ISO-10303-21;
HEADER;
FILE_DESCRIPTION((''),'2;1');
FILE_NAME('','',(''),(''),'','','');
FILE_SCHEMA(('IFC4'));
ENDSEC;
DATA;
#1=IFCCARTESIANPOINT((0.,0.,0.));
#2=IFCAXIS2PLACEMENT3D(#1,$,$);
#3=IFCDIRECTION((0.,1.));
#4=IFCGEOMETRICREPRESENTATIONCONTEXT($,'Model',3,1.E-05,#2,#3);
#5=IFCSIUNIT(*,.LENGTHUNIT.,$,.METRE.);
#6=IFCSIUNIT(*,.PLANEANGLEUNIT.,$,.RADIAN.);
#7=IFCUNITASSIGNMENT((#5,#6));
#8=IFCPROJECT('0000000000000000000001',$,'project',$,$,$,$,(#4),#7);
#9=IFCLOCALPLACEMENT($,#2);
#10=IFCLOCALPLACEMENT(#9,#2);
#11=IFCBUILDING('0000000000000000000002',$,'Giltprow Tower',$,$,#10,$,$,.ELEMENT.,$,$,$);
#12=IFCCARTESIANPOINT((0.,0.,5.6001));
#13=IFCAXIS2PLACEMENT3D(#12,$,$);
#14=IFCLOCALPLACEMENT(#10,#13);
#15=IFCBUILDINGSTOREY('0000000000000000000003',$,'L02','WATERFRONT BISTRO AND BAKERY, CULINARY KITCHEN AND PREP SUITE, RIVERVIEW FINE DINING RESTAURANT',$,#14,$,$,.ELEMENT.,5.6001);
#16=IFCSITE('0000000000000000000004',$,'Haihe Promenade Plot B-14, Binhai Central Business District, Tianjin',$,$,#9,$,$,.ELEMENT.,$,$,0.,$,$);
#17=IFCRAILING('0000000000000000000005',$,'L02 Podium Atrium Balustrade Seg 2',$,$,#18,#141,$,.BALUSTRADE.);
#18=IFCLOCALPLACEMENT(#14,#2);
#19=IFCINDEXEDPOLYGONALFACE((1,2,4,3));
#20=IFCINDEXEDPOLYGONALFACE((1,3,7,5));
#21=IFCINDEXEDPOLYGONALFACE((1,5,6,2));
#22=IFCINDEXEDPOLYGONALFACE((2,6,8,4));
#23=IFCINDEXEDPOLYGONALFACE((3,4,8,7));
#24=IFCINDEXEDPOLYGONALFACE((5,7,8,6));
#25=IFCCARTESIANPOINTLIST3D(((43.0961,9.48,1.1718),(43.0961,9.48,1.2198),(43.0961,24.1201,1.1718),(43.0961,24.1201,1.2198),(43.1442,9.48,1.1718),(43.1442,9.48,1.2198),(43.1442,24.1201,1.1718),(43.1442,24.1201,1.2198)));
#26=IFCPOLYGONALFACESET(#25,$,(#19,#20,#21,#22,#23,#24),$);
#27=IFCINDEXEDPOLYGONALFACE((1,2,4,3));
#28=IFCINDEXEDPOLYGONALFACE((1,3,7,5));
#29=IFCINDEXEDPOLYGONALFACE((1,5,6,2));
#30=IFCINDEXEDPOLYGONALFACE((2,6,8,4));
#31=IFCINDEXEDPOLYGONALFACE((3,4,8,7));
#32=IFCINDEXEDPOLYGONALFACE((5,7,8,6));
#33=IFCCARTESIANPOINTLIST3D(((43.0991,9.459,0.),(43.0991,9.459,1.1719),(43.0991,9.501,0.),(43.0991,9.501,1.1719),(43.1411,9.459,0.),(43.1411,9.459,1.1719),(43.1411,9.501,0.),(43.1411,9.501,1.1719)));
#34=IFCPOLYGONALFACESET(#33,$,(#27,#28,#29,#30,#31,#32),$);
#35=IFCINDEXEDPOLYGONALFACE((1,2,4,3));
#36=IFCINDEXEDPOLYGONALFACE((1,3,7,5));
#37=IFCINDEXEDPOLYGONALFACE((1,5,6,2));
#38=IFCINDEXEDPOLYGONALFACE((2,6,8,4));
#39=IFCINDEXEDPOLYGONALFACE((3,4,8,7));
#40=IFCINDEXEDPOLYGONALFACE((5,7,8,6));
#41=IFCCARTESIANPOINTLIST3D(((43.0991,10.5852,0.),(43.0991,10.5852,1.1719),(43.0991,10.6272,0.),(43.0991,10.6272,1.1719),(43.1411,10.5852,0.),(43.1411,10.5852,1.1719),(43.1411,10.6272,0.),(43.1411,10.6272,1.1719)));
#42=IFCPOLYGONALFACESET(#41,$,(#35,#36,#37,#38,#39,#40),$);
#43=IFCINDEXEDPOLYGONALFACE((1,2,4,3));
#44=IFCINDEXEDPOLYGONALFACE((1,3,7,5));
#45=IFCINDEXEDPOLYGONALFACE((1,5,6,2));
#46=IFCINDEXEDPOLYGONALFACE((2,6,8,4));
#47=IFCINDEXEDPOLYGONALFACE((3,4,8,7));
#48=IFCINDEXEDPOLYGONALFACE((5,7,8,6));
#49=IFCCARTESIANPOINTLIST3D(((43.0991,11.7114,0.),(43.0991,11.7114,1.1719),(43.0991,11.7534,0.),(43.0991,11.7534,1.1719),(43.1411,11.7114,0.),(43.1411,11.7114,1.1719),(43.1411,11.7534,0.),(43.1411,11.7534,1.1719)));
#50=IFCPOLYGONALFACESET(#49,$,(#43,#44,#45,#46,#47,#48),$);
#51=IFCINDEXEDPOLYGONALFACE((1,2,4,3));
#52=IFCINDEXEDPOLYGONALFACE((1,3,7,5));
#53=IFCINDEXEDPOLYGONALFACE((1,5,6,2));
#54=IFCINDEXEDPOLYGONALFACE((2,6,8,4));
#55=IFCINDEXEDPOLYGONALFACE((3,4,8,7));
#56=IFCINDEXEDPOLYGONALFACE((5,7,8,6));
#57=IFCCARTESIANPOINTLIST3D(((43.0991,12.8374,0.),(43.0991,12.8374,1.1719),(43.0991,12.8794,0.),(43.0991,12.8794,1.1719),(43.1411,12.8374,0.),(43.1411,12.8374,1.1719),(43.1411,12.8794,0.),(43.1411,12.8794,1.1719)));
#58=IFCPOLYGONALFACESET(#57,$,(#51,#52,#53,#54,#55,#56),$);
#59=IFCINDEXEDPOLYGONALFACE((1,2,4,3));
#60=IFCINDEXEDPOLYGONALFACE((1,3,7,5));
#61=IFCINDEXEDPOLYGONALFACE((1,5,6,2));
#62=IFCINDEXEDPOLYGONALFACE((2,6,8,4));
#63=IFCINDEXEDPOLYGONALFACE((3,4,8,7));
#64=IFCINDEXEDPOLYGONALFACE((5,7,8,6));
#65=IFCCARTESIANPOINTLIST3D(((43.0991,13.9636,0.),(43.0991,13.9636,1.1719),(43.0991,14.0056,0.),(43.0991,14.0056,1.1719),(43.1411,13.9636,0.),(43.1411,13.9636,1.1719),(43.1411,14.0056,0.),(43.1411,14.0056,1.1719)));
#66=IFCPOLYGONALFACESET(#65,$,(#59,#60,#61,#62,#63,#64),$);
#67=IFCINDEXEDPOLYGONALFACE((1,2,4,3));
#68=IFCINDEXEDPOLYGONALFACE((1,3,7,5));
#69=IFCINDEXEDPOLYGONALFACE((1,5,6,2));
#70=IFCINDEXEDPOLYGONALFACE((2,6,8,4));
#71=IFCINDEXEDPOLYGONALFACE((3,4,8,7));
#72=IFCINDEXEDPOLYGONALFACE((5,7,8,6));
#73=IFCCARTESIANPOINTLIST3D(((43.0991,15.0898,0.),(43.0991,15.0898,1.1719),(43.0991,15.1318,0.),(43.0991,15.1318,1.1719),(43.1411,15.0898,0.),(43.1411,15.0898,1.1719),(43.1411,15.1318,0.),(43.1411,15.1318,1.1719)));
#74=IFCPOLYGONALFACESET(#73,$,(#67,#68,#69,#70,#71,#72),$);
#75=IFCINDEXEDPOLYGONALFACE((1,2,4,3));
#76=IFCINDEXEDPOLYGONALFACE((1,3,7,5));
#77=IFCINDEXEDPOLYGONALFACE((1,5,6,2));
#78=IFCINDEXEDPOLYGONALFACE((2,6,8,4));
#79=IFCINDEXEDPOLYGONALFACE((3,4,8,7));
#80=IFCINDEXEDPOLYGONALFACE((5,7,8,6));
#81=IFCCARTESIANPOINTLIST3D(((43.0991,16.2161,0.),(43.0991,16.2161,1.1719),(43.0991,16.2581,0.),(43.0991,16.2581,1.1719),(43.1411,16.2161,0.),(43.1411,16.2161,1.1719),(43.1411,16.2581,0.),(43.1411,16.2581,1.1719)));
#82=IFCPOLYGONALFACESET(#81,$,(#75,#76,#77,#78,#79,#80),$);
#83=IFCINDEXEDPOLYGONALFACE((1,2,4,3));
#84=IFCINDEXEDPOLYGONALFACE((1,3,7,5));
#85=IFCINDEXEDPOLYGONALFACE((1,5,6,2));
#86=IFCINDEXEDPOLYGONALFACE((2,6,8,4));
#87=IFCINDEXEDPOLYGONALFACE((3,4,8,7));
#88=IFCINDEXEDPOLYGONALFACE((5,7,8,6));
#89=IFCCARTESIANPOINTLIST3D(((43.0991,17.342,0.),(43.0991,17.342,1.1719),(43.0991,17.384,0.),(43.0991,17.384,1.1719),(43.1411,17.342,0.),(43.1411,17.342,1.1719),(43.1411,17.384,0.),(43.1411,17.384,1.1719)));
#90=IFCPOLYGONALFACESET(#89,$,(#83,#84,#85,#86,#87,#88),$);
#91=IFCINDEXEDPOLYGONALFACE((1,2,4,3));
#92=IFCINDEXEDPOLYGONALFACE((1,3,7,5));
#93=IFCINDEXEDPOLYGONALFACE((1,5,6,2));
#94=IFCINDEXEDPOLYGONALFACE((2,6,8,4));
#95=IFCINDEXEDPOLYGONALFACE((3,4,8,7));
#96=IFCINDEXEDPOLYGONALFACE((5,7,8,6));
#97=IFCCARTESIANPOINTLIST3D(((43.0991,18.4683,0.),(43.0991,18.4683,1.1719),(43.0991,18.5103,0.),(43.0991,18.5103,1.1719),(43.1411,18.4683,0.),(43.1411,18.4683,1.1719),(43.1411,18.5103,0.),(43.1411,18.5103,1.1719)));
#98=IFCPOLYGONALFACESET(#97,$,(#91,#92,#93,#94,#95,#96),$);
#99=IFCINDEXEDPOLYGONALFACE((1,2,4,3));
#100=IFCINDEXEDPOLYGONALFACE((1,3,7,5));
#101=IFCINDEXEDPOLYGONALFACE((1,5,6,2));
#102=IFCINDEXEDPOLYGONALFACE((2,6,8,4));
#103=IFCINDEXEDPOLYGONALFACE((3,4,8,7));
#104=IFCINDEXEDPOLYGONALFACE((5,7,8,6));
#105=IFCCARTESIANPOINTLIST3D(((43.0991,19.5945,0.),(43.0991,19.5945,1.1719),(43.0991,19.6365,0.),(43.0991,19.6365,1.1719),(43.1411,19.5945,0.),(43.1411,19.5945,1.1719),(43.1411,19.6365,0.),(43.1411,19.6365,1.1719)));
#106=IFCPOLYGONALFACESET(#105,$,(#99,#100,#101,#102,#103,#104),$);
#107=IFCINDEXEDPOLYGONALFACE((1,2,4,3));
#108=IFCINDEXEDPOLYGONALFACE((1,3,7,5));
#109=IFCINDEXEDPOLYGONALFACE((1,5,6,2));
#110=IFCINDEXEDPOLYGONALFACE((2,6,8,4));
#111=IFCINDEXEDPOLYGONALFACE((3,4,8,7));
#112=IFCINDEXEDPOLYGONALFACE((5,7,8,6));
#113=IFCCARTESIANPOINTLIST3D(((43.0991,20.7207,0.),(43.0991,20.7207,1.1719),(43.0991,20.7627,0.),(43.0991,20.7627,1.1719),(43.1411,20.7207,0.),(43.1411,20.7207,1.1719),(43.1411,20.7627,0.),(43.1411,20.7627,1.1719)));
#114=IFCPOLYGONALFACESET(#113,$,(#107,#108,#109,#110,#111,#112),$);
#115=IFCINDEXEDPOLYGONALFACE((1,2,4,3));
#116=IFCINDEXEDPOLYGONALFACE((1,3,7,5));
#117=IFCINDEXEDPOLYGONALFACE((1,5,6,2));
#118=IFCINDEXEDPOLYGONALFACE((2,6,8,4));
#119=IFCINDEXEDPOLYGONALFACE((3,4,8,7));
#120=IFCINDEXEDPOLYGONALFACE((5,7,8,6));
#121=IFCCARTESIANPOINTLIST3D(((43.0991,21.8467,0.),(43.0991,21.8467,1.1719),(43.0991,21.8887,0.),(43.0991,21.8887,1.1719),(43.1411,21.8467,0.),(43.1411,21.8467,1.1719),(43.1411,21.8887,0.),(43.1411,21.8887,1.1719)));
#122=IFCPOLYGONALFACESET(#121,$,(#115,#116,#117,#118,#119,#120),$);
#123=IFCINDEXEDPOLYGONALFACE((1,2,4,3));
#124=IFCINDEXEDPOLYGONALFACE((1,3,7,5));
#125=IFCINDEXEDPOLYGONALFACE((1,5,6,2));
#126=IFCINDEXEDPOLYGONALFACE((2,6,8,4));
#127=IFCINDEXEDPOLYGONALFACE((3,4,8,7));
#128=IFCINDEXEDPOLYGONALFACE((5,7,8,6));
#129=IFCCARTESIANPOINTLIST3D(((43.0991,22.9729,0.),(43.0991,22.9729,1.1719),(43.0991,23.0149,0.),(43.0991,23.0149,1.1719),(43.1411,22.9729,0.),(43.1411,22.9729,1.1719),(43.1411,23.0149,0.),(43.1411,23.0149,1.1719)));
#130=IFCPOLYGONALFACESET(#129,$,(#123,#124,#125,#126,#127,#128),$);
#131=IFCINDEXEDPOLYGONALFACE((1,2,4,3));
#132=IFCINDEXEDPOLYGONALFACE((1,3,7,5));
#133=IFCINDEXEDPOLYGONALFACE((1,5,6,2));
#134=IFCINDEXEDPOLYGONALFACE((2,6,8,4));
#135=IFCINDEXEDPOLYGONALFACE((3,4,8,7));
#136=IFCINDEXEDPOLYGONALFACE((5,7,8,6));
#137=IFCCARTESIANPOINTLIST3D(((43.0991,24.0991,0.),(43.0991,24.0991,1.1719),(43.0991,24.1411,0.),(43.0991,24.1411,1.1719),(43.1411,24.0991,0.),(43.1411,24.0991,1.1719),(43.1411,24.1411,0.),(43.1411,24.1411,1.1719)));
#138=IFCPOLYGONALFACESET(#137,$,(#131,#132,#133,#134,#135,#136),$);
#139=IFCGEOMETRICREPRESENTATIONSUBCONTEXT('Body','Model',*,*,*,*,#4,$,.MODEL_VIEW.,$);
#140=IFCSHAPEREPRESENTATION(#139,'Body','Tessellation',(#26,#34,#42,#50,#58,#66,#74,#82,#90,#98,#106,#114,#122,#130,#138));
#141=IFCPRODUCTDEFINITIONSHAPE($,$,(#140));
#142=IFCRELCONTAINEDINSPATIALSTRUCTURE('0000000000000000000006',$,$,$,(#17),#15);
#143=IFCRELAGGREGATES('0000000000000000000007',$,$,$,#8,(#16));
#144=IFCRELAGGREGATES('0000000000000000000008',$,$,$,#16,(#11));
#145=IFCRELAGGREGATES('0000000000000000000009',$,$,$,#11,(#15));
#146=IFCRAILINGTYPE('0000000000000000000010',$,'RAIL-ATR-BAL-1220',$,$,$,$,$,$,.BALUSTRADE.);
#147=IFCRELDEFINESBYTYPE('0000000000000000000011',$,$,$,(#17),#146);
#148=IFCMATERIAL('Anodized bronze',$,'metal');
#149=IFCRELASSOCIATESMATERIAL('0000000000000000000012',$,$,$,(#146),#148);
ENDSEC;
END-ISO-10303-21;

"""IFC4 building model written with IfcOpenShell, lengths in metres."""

from ifc_helpers import new_model, si_unit, direction, frame, origin, origin_2d, place, context, subcontext, project, spatial, rectangle, extrude, material, type_object, element, save


model = new_model("IFC4")

# Units and contexts
model_context = context("Model", 3, precision=1e-05, world=origin(), true_north=direction((0.0, 1.0)))
body_context = subcontext(model_context, "Body", "Model", "MODEL_VIEW")
ifc_project = project(units=[si_unit("LENGTHUNIT", "METRE"), si_unit("PLANEANGLEUNIT", "RADIAN")], contexts=[model_context])

# Site, building, storey
site_placement = place(None, origin())
site = spatial("IfcSite", under=ifc_project, at=site_placement, Name="Haihe Promenade Plot B-14, Binhai Central Business District, Tianjin", CompositionType="ELEMENT", RefElevation=0.0)
building_placement = place(site_placement, origin())
building = spatial("IfcBuilding", under=site, at=building_placement, Name="Giltprow Tower", CompositionType="ELEMENT")
storey_placement = place(building_placement, frame((0.0, 0.0, 5.6001)))
storey = spatial("IfcBuildingStorey", under=building, at=storey_placement, Name="L02", Description="WATERFRONT BISTRO AND BAKERY, CULINARY KITCHEN AND PREP SUITE, RIVERVIEW FINE DINING RESTAURANT", CompositionType="ELEMENT", Elevation=5.6001)

# Railing
ifc_material_1 = material(Name="Anodized bronze", Category="metal")
railing_type = type_object("IfcRailingType", Name="RAIL-ATR-BAL-1220", PredefinedType="BALUSTRADE", material=ifc_material_1)
railing_placement = place(storey_placement, frame((43.1201, 9.48, 0.0)))
element("IfcRailing", 1, at=railing_placement, inside=storey, type_object=railing_type, Name="L02 Podium Atrium Balustrade Seg 2", PredefinedType="BALUSTRADE", context=body_context, shape_type="SweptSolid", body=[
    extrude(rectangle(XDim=0.0481, YDim=0.0481, at=origin_2d()), frame((0.0, 0.0, 1.1958), z_axis=(0.0, 1.0, 0.0), x_axis=(-1.0, 0.0, 0.0)), (0.0, 0.0, 1.0), 14.6401),
    extrude(rectangle(XDim=0.042, YDim=0.042, at=origin_2d()), origin(), (0.0, 0.0, 1.0), 1.1719),
    extrude(rectangle(XDim=0.042, YDim=0.042, at=origin_2d()), frame((0.0, 1.1262, 0.0)), (0.0, 0.0, 1.0), 1.1719),
    extrude(rectangle(XDim=0.042, YDim=0.042, at=origin_2d()), frame((0.0, 2.2524, 0.0)), (0.0, 0.0, 1.0), 1.1719),
    extrude(rectangle(XDim=0.042, YDim=0.042, at=origin_2d()), frame((0.0, 3.3784, 0.0)), (0.0, 0.0, 1.0), 1.1719),
    extrude(rectangle(XDim=0.042, YDim=0.042, at=origin_2d()), frame((0.0, 4.5046, 0.0)), (0.0, 0.0, 1.0), 1.1719),
    extrude(rectangle(XDim=0.042, YDim=0.042, at=origin_2d()), frame((0.0, 5.6309, 0.0)), (0.0, 0.0, 1.0), 1.1719),
    extrude(rectangle(XDim=0.042, YDim=0.042, at=origin_2d()), frame((0.0, 6.7571, 0.0)), (0.0, 0.0, 1.0), 1.1719),
    extrude(rectangle(XDim=0.042, YDim=0.042, at=origin_2d()), frame((0.0, 7.8831, 0.0)), (0.0, 0.0, 1.0), 1.1719),
    extrude(rectangle(XDim=0.042, YDim=0.042, at=origin_2d()), frame((0.0, 9.0093, 0.0)), (0.0, 0.0, 1.0), 1.1719),
    extrude(rectangle(XDim=0.042, YDim=0.042, at=origin_2d()), frame((0.0, 10.1355, 0.0)), (0.0, 0.0, 1.0), 1.1719),
    extrude(rectangle(XDim=0.042, YDim=0.042, at=origin_2d()), frame((0.0, 11.2617, 0.0)), (0.0, 0.0, 1.0), 1.1719),
    extrude(rectangle(XDim=0.042, YDim=0.042, at=origin_2d()), frame((0.0, 12.3877, 0.0)), (0.0, 0.0, 1.0), 1.1719),
    extrude(rectangle(XDim=0.042, YDim=0.042, at=origin_2d()), frame((0.0, 13.5139, 0.0)), (0.0, 0.0, 1.0), 1.1719),
    extrude(rectangle(XDim=0.042, YDim=0.042, at=origin_2d()), frame((0.0, 14.6401, 0.0)), (0.0, 0.0, 1.0), 1.1719),
])

save(model, "model.ifc")
